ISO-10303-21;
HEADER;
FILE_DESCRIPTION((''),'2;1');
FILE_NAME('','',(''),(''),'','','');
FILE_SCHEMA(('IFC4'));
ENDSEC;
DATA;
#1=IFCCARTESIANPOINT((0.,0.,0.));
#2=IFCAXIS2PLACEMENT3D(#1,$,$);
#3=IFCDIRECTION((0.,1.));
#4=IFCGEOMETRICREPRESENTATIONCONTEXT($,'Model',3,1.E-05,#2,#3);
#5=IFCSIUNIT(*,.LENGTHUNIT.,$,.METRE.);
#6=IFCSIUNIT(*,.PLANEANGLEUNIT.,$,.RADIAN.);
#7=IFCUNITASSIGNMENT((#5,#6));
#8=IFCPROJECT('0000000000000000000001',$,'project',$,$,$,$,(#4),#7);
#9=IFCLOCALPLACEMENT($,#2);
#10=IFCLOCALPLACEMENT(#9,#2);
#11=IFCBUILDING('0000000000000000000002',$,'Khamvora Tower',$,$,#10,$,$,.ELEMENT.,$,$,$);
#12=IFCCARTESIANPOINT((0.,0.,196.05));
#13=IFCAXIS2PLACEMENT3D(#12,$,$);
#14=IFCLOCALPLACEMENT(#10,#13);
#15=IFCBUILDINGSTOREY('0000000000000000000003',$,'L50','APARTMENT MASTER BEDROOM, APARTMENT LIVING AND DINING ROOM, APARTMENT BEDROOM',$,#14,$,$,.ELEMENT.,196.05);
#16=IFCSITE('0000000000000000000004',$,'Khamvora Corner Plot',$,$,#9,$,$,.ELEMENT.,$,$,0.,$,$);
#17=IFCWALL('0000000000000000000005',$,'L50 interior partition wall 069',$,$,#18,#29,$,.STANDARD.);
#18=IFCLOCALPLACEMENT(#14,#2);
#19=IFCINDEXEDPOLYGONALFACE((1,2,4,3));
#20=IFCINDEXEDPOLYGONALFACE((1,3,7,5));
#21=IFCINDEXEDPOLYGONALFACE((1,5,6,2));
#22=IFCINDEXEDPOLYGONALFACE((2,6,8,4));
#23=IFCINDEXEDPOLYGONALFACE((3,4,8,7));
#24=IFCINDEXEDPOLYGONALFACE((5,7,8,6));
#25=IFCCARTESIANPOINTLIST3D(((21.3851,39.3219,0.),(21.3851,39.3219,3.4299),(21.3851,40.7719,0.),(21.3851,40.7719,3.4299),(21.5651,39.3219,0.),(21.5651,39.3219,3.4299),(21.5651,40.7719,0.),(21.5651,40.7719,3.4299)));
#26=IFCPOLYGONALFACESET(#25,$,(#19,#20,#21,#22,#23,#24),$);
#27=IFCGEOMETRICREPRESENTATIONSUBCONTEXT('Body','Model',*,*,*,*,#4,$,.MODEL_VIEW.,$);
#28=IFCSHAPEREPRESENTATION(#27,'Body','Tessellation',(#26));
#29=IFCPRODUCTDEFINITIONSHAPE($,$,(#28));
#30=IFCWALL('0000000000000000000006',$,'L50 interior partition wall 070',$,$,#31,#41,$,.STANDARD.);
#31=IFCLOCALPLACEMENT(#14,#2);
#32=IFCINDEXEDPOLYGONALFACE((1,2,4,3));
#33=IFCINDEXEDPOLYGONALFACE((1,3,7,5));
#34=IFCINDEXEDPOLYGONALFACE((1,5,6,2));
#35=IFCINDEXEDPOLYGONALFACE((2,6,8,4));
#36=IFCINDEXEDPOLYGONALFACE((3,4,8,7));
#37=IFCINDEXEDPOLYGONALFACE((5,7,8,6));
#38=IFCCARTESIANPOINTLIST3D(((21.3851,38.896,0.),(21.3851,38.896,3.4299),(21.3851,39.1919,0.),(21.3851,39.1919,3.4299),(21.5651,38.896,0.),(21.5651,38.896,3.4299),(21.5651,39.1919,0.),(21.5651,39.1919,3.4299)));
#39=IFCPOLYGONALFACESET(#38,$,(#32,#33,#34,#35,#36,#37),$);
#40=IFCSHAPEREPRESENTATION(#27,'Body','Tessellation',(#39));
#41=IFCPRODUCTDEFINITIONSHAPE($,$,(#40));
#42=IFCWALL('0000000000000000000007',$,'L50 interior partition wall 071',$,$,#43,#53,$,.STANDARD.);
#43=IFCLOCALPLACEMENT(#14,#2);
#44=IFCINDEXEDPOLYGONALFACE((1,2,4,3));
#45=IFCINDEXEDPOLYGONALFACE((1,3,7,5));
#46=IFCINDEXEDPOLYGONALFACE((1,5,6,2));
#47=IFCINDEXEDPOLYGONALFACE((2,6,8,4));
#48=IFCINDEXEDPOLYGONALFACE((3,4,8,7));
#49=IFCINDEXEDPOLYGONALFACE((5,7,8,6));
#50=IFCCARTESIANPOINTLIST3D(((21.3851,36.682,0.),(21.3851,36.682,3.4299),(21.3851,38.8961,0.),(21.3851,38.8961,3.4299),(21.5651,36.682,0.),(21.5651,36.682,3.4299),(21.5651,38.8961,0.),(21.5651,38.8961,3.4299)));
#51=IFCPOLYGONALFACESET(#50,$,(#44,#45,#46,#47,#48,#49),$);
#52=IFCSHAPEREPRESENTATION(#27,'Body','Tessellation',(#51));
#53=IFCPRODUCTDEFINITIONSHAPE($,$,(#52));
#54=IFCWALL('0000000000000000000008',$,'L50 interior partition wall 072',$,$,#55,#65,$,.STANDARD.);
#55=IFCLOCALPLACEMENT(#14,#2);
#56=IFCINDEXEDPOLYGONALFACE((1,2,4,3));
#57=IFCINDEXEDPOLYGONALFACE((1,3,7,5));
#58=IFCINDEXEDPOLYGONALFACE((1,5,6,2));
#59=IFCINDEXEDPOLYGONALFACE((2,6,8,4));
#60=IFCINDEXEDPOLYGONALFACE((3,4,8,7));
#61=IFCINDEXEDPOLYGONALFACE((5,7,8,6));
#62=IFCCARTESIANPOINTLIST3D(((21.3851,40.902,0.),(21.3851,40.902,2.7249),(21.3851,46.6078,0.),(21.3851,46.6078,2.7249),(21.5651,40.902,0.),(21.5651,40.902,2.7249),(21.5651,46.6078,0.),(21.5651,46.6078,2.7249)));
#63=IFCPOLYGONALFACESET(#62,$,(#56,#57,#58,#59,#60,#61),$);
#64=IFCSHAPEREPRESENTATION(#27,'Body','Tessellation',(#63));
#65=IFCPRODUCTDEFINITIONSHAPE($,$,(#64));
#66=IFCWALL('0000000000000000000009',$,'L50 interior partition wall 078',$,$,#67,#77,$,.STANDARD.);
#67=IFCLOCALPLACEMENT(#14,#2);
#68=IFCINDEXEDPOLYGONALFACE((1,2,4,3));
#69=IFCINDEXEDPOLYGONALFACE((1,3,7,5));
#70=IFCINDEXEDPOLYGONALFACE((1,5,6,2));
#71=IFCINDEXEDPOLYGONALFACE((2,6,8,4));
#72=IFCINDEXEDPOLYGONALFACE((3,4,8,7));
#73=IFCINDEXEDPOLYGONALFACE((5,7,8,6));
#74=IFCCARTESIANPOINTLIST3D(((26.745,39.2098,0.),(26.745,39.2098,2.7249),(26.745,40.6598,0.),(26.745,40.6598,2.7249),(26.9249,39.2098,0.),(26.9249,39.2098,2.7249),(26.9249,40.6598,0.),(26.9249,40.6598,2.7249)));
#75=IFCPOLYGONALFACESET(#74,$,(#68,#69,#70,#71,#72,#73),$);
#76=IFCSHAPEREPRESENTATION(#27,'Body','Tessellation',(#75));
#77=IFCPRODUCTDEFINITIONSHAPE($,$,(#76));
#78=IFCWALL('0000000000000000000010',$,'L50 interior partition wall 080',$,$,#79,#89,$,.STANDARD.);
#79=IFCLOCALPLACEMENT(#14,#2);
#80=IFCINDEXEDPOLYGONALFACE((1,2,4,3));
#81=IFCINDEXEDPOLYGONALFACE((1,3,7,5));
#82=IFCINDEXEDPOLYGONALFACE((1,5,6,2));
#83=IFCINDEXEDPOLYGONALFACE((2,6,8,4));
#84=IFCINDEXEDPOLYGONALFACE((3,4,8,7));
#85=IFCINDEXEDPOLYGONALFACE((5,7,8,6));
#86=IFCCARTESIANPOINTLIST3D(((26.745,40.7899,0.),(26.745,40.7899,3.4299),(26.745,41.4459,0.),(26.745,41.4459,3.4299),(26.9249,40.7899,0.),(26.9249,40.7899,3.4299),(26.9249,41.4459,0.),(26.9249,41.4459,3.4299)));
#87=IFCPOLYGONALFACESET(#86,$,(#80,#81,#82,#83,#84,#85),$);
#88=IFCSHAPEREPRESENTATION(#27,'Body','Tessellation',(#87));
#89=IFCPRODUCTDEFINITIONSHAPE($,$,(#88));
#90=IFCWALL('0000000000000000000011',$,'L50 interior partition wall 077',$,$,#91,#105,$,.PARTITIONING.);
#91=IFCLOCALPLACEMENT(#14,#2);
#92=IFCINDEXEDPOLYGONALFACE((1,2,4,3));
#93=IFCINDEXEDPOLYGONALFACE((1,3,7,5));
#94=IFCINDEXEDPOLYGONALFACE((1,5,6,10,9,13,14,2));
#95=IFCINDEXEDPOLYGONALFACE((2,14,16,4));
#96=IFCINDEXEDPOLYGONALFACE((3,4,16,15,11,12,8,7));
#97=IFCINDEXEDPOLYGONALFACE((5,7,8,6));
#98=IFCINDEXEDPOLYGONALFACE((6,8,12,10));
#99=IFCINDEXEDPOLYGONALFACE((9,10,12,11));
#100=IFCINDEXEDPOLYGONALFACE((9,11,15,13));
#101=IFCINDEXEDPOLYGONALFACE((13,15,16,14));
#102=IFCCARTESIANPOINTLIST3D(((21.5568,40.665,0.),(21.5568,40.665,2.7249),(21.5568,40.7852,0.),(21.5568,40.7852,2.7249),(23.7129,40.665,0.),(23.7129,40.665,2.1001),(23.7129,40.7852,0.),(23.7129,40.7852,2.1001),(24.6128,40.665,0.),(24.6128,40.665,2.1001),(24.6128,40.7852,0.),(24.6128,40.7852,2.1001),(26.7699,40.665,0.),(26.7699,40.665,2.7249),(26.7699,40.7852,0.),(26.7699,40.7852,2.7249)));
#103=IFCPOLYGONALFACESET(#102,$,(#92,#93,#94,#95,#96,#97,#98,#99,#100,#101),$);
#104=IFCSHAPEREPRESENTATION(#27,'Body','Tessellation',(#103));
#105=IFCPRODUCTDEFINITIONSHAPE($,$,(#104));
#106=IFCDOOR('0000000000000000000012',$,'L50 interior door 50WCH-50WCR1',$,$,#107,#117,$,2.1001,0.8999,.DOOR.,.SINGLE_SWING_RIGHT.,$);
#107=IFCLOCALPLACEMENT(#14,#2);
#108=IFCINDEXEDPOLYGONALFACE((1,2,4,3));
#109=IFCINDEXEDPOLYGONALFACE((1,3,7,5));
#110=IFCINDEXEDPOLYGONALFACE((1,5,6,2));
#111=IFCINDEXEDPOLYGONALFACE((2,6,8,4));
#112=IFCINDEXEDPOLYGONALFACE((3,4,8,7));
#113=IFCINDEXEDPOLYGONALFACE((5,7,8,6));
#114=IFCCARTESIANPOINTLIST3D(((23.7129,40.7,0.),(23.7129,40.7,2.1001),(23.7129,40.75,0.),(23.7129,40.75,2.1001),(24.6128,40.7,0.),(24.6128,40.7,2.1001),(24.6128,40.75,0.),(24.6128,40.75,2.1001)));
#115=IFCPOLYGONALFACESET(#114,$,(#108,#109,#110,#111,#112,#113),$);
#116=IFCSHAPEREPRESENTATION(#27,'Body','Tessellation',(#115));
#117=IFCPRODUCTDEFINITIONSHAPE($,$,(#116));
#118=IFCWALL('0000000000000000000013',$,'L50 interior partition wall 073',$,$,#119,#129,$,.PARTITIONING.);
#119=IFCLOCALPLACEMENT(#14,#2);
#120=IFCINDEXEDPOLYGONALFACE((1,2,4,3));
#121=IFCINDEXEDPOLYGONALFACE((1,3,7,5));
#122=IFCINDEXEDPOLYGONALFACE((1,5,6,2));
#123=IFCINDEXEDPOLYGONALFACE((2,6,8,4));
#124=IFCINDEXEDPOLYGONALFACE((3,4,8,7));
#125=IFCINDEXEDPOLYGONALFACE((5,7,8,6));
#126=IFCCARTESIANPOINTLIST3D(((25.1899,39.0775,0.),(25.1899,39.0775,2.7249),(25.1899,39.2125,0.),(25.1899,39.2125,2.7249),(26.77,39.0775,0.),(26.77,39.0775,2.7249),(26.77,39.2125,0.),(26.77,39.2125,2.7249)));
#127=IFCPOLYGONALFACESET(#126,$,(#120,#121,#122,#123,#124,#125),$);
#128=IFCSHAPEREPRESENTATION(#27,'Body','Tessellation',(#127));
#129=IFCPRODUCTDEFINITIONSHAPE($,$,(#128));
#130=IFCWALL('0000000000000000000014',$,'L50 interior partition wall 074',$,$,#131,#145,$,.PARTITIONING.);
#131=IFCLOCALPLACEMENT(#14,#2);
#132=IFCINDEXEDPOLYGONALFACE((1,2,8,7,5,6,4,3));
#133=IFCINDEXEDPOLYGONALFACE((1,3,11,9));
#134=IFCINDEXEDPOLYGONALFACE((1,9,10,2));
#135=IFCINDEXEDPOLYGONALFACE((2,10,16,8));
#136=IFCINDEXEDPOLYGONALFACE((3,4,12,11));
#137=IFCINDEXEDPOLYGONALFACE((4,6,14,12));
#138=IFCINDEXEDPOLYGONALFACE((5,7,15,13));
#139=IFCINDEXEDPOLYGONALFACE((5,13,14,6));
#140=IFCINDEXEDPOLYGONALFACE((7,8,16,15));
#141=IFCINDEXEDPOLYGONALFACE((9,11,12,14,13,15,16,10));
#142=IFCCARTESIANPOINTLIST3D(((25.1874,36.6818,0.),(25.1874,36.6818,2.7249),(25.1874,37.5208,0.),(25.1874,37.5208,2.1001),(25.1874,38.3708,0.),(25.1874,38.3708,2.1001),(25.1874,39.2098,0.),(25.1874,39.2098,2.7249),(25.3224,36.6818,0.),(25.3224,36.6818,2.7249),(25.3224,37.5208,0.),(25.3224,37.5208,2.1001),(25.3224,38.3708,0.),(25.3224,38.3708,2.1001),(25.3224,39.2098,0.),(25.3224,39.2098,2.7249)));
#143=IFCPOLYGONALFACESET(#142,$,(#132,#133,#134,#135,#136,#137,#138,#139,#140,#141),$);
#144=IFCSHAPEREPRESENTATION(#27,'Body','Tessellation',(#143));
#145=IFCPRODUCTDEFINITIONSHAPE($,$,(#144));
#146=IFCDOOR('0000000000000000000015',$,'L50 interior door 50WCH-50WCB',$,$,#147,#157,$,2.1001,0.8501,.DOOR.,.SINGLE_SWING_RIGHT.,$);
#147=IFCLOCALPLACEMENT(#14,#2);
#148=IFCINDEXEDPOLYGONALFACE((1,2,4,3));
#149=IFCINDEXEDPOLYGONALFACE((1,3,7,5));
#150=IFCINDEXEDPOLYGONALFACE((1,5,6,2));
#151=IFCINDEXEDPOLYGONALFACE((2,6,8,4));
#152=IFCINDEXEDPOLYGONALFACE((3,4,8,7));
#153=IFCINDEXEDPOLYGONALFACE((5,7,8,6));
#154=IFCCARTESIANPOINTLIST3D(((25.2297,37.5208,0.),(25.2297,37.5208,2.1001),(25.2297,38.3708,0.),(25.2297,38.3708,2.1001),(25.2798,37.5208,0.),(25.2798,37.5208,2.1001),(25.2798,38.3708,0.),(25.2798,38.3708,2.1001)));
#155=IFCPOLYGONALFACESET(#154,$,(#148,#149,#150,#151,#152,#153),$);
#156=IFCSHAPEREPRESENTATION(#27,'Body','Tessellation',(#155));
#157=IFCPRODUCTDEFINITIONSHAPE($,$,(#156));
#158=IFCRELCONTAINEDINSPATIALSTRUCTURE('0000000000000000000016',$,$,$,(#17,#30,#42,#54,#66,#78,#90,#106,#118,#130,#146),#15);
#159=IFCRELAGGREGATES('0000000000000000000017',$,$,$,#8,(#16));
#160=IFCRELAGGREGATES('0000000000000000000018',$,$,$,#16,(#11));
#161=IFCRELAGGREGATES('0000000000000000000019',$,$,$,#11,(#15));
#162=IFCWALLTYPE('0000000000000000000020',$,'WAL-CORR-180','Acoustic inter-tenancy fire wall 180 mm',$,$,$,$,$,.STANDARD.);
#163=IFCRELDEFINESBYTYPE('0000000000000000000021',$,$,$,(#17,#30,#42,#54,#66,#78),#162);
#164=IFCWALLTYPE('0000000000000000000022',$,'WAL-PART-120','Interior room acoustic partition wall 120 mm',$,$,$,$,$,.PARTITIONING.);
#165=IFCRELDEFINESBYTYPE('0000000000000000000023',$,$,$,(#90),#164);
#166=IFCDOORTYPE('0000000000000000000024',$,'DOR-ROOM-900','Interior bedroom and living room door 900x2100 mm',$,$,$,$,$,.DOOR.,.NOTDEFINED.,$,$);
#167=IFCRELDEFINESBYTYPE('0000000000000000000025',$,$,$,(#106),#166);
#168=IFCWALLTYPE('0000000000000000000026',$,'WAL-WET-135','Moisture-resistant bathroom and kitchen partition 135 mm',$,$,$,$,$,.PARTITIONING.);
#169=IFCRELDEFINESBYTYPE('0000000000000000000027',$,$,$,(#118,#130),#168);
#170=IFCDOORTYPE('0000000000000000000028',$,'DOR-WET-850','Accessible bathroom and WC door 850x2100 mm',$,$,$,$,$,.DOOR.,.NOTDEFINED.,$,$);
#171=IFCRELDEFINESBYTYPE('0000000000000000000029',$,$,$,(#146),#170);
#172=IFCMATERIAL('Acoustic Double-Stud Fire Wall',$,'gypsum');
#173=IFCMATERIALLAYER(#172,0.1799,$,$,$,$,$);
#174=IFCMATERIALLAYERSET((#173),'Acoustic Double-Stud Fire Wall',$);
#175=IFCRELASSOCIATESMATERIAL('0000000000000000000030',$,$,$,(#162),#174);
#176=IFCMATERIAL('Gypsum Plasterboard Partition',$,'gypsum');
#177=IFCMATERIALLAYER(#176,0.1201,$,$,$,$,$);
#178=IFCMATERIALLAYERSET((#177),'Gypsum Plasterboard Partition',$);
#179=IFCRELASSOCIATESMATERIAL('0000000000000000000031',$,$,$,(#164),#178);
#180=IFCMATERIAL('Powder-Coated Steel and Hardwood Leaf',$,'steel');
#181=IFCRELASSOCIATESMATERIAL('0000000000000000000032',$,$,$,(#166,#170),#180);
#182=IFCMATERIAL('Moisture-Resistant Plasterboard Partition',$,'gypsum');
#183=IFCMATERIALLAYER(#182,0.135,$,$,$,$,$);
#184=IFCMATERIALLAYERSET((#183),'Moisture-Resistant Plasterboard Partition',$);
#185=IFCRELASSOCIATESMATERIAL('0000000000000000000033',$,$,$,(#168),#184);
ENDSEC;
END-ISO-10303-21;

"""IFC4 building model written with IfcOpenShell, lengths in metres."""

from ifc_helpers import new_model, si_unit, direction, frame, frame_2d, origin, place, context, subcontext, project, spatial, rectangle, extrude, material, layer, layer_set, type_object, element, fill, save


model = new_model("IFC4")

# Units and contexts
model_context = context("Model", 3, precision=1e-05, world=origin(), true_north=direction((0.0, 1.0)))
body_context = subcontext(model_context, "Body", "Model", "MODEL_VIEW")
ifc_project = project(units=[si_unit("LENGTHUNIT", "METRE"), si_unit("PLANEANGLEUNIT", "RADIAN")], contexts=[model_context])

# Site, building, storey
site_placement = place(None, origin())
site = spatial("IfcSite", under=ifc_project, at=site_placement, Name="Khamvora Corner Plot", CompositionType="ELEMENT", RefElevation=0.0)
building_placement = place(site_placement, origin())
building = spatial("IfcBuilding", under=site, at=building_placement, Name="Khamvora Tower", CompositionType="ELEMENT")
storey_placement = place(building_placement, frame((0.0, 0.0, 196.05)))
storey = spatial("IfcBuildingStorey", under=building, at=storey_placement, Name="L50", Description="APARTMENT MASTER BEDROOM, APARTMENT LIVING AND DINING ROOM, APARTMENT BEDROOM", CompositionType="ELEMENT", Elevation=196.05)

# Walls
ifc_material_1 = material(Name="Acoustic Double-Stud Fire Wall", Category="gypsum")
ifc_layer_1 = layer(ifc_material_1, 0.1799)
ifc_layer_set_1 = layer_set([ifc_layer_1], Name="Acoustic Double-Stud Fire Wall")
wall_type_1 = type_object("IfcWallType", Name="WAL-CORR-180", Description="Acoustic inter-tenancy fire wall 180 mm", PredefinedType="STANDARD", material=ifc_layer_set_1)
wall_1_placement = place(storey_placement, frame((21.4751, 40.772, 0.0), z_axis=(0.0, 0.0, 1.0), x_axis=(0.0, -1.0, 0.0)))
element("IfcWall", 1, at=wall_1_placement, inside=storey, type_object=wall_type_1, Name="L50 interior partition wall 069", PredefinedType="STANDARD", context=body_context, shape_type="SweptSolid", body=[
    extrude(rectangle(XDim=1.45, YDim=0.1799, at=frame_2d((0.7251, 0.0))), origin(), (0.0, 0.0, 1.0), 3.4299),
])
wall_2_placement = place(storey_placement, frame((21.4751, 39.1919, 0.0), z_axis=(0.0, 0.0, 1.0), x_axis=(0.0, -1.0, 0.0)))
element("IfcWall", 2, at=wall_2_placement, inside=storey, type_object=wall_type_1, Name="L50 interior partition wall 070", PredefinedType="STANDARD", context=body_context, shape_type="SweptSolid", body=[
    extrude(rectangle(XDim=0.2959, YDim=0.1799, at=frame_2d((0.1479, 0.0))), origin(), (0.0, 0.0, 1.0), 3.4299),
])
wall_3_placement = place(storey_placement, frame((21.4751, 38.896, 0.0), z_axis=(0.0, 0.0, 1.0), x_axis=(0.0, -1.0, 0.0)))
element("IfcWall", 3, at=wall_3_placement, inside=storey, type_object=wall_type_1, Name="L50 interior partition wall 071", PredefinedType="STANDARD", context=body_context, shape_type="SweptSolid", body=[
    extrude(rectangle(XDim=2.2141, YDim=0.1799, at=frame_2d((1.1069, 0.0))), origin(), (0.0, 0.0, 1.0), 3.4299),
])
wall_4_placement = place(storey_placement, frame((21.4751, 46.6079, 0.0), z_axis=(0.0, 0.0, 1.0), x_axis=(0.0, -1.0, 0.0)))
element("IfcWall", 4, at=wall_4_placement, inside=storey, type_object=wall_type_1, Name="L50 interior partition wall 072", PredefinedType="STANDARD", context=body_context, shape_type="SweptSolid", body=[
    extrude(rectangle(XDim=5.7058, YDim=0.1799, at=frame_2d((2.853, 0.0))), origin(), (0.0, 0.0, 1.0), 2.7249),
])
wall_5_placement = place(storey_placement, frame((26.835, 40.6599, 0.0), z_axis=(0.0, 0.0, 1.0), x_axis=(0.0, -1.0, 0.0)))
element("IfcWall", 5, at=wall_5_placement, inside=storey, type_object=wall_type_1, Name="L50 interior partition wall 078", PredefinedType="STANDARD", context=body_context, shape_type="SweptSolid", body=[
    extrude(rectangle(XDim=1.45, YDim=0.1799, at=frame_2d((0.7251, 0.0))), origin(), (0.0, 0.0, 1.0), 2.7249),
])
wall_6_placement = place(storey_placement, frame((26.835, 41.446, 0.0), z_axis=(0.0, 0.0, 1.0), x_axis=(0.0, -1.0, 0.0)))
element("IfcWall", 6, at=wall_6_placement, inside=storey, type_object=wall_type_1, Name="L50 interior partition wall 080", PredefinedType="STANDARD", context=body_context, shape_type="SweptSolid", body=[
    extrude(rectangle(XDim=0.656, YDim=0.1799, at=frame_2d((0.3281, 0.0))), origin(), (0.0, 0.0, 1.0), 3.4299),
])

# Wall, opening, door
ifc_material_2 = material(Name="Gypsum Plasterboard Partition", Category="gypsum")
ifc_layer_2 = layer(ifc_material_2, 0.1201)
ifc_layer_set_2 = layer_set([ifc_layer_2], Name="Gypsum Plasterboard Partition")
wall_type_2 = type_object("IfcWallType", Name="WAL-PART-120", Description="Interior room acoustic partition wall 120 mm", PredefinedType="PARTITIONING", material=ifc_layer_set_2)
wall_7_placement = place(storey_placement, frame((21.5569, 40.7251, 0.0), z_axis=(0.0, 0.0, 1.0), x_axis=(1.0, 0.0, 0.0)))
wall_7 = element("IfcWall", 7, at=wall_7_placement, inside=storey, type_object=wall_type_2, Name="L50 interior partition wall 077", PredefinedType="PARTITIONING", context=body_context, shape_type="SweptSolid", body=[
    extrude(rectangle(XDim=5.2131, YDim=0.1201, at=frame_2d((2.6064, 0.0))), origin(), (0.0, 0.0, 1.0), 2.7249),
])
opening_1_placement = place(wall_7_placement, frame((2.156, 0.0, 0.0)))
opening_1 = element("IfcOpeningElement", 8, at=opening_1_placement, cuts=wall_7, PredefinedType="OPENING", context=body_context, shape_type="SweptSolid", body=[
    extrude(rectangle(XDim=0.8999, YDim=2.1001, at=frame_2d((0.45, 1.05))), frame((0.0, 0.0701, 0.0), z_axis=(0.0, -1.0, 0.0), x_axis=(1.0, 0.0, 0.0)), (0.0, 0.0, 1.0), 0.1401),
])
ifc_material_3 = material(Name="Powder-Coated Steel and Hardwood Leaf", Category="steel")
door_type_1 = type_object("IfcDoorType", Name="DOR-ROOM-900", Description="Interior bedroom and living room door 900x2100 mm", OperationType="NOTDEFINED", PredefinedType="DOOR", material=ifc_material_3)
door_1_placement = place(opening_1_placement, origin())
door_1 = element("IfcDoor", 9, at=door_1_placement, inside=storey, type_object=door_type_1, Name="L50 interior door 50WCH-50WCR1", OperationType="SINGLE_SWING_RIGHT", OverallHeight=2.1001, OverallWidth=0.8999, PredefinedType="DOOR", context=body_context, shape_type="SweptSolid", body=[
    extrude(rectangle(XDim=0.8999, YDim=2.1001, at=frame_2d((0.45, 1.05))), frame((0.0, 0.0249, 0.0), z_axis=(0.0, -1.0, 0.0), x_axis=(1.0, 0.0, 0.0)), (0.0, 0.0, 1.0), 0.05),
])
fill(opening_1, door_1)

# Wall
ifc_material_4 = material(Name="Moisture-Resistant Plasterboard Partition", Category="gypsum")
ifc_layer_3 = layer(ifc_material_4, 0.135)
ifc_layer_set_3 = layer_set([ifc_layer_3], Name="Moisture-Resistant Plasterboard Partition")
wall_type_3 = type_object("IfcWallType", Name="WAL-WET-135", Description="Moisture-resistant bathroom and kitchen partition 135 mm", PredefinedType="PARTITIONING", material=ifc_layer_set_3)
wall_8_placement = place(storey_placement, frame((26.77, 39.145, 0.0), z_axis=(0.0, 0.0, 1.0), x_axis=(-1.0, 0.0, 0.0)))
element("IfcWall", 10, at=wall_8_placement, inside=storey, type_object=wall_type_3, Name="L50 interior partition wall 073", PredefinedType="PARTITIONING", context=body_context, shape_type="SweptSolid", body=[
    extrude(rectangle(XDim=1.5801, YDim=0.135, at=frame_2d((0.79, 0.0))), origin(), (0.0, 0.0, 1.0), 2.7249),
])

# Wall, opening, door
wall_9_placement = place(storey_placement, frame((25.2549, 39.21, 0.0), z_axis=(0.0, 0.0, 1.0), x_axis=(0.0, -1.0, 0.0)))
wall_9 = element("IfcWall", 11, at=wall_9_placement, inside=storey, type_object=wall_type_3, Name="L50 interior partition wall 074", PredefinedType="PARTITIONING", context=body_context, shape_type="SweptSolid", body=[
    extrude(rectangle(XDim=2.5281, YDim=0.135, at=frame_2d((1.2642, 0.0))), origin(), (0.0, 0.0, 1.0), 2.7249),
])
opening_2_placement = place(wall_9_placement, frame((0.8391, 0.0, 0.0)))
opening_2 = element("IfcOpeningElement", 12, at=opening_2_placement, cuts=wall_9, PredefinedType="OPENING", context=body_context, shape_type="SweptSolid", body=[
    extrude(rectangle(XDim=0.8501, YDim=2.1001, at=frame_2d((0.425, 1.05))), frame((0.0, 0.0774, 0.0), z_axis=(0.0, -1.0, 0.0), x_axis=(1.0, 0.0, 0.0)), (0.0, 0.0, 1.0), 0.155),
])
door_type_2 = type_object("IfcDoorType", Name="DOR-WET-850", Description="Accessible bathroom and WC door 850x2100 mm", OperationType="NOTDEFINED", PredefinedType="DOOR", material=ifc_material_3)
door_2_placement = place(opening_2_placement, origin())
door_2 = element("IfcDoor", 13, at=door_2_placement, inside=storey, type_object=door_type_2, Name="L50 interior door 50WCH-50WCB", OperationType="SINGLE_SWING_RIGHT", OverallHeight=2.1001, OverallWidth=0.8501, PredefinedType="DOOR", context=body_context, shape_type="SweptSolid", body=[
    extrude(rectangle(XDim=0.8501, YDim=2.1001, at=frame_2d((0.425, 1.05))), frame((0.0, 0.0249, 0.0), z_axis=(0.0, -1.0, 0.0), x_axis=(1.0, 0.0, 0.0)), (0.0, 0.0, 1.0), 0.05),
])
fill(opening_2, door_2)

save(model, "model.ifc")
